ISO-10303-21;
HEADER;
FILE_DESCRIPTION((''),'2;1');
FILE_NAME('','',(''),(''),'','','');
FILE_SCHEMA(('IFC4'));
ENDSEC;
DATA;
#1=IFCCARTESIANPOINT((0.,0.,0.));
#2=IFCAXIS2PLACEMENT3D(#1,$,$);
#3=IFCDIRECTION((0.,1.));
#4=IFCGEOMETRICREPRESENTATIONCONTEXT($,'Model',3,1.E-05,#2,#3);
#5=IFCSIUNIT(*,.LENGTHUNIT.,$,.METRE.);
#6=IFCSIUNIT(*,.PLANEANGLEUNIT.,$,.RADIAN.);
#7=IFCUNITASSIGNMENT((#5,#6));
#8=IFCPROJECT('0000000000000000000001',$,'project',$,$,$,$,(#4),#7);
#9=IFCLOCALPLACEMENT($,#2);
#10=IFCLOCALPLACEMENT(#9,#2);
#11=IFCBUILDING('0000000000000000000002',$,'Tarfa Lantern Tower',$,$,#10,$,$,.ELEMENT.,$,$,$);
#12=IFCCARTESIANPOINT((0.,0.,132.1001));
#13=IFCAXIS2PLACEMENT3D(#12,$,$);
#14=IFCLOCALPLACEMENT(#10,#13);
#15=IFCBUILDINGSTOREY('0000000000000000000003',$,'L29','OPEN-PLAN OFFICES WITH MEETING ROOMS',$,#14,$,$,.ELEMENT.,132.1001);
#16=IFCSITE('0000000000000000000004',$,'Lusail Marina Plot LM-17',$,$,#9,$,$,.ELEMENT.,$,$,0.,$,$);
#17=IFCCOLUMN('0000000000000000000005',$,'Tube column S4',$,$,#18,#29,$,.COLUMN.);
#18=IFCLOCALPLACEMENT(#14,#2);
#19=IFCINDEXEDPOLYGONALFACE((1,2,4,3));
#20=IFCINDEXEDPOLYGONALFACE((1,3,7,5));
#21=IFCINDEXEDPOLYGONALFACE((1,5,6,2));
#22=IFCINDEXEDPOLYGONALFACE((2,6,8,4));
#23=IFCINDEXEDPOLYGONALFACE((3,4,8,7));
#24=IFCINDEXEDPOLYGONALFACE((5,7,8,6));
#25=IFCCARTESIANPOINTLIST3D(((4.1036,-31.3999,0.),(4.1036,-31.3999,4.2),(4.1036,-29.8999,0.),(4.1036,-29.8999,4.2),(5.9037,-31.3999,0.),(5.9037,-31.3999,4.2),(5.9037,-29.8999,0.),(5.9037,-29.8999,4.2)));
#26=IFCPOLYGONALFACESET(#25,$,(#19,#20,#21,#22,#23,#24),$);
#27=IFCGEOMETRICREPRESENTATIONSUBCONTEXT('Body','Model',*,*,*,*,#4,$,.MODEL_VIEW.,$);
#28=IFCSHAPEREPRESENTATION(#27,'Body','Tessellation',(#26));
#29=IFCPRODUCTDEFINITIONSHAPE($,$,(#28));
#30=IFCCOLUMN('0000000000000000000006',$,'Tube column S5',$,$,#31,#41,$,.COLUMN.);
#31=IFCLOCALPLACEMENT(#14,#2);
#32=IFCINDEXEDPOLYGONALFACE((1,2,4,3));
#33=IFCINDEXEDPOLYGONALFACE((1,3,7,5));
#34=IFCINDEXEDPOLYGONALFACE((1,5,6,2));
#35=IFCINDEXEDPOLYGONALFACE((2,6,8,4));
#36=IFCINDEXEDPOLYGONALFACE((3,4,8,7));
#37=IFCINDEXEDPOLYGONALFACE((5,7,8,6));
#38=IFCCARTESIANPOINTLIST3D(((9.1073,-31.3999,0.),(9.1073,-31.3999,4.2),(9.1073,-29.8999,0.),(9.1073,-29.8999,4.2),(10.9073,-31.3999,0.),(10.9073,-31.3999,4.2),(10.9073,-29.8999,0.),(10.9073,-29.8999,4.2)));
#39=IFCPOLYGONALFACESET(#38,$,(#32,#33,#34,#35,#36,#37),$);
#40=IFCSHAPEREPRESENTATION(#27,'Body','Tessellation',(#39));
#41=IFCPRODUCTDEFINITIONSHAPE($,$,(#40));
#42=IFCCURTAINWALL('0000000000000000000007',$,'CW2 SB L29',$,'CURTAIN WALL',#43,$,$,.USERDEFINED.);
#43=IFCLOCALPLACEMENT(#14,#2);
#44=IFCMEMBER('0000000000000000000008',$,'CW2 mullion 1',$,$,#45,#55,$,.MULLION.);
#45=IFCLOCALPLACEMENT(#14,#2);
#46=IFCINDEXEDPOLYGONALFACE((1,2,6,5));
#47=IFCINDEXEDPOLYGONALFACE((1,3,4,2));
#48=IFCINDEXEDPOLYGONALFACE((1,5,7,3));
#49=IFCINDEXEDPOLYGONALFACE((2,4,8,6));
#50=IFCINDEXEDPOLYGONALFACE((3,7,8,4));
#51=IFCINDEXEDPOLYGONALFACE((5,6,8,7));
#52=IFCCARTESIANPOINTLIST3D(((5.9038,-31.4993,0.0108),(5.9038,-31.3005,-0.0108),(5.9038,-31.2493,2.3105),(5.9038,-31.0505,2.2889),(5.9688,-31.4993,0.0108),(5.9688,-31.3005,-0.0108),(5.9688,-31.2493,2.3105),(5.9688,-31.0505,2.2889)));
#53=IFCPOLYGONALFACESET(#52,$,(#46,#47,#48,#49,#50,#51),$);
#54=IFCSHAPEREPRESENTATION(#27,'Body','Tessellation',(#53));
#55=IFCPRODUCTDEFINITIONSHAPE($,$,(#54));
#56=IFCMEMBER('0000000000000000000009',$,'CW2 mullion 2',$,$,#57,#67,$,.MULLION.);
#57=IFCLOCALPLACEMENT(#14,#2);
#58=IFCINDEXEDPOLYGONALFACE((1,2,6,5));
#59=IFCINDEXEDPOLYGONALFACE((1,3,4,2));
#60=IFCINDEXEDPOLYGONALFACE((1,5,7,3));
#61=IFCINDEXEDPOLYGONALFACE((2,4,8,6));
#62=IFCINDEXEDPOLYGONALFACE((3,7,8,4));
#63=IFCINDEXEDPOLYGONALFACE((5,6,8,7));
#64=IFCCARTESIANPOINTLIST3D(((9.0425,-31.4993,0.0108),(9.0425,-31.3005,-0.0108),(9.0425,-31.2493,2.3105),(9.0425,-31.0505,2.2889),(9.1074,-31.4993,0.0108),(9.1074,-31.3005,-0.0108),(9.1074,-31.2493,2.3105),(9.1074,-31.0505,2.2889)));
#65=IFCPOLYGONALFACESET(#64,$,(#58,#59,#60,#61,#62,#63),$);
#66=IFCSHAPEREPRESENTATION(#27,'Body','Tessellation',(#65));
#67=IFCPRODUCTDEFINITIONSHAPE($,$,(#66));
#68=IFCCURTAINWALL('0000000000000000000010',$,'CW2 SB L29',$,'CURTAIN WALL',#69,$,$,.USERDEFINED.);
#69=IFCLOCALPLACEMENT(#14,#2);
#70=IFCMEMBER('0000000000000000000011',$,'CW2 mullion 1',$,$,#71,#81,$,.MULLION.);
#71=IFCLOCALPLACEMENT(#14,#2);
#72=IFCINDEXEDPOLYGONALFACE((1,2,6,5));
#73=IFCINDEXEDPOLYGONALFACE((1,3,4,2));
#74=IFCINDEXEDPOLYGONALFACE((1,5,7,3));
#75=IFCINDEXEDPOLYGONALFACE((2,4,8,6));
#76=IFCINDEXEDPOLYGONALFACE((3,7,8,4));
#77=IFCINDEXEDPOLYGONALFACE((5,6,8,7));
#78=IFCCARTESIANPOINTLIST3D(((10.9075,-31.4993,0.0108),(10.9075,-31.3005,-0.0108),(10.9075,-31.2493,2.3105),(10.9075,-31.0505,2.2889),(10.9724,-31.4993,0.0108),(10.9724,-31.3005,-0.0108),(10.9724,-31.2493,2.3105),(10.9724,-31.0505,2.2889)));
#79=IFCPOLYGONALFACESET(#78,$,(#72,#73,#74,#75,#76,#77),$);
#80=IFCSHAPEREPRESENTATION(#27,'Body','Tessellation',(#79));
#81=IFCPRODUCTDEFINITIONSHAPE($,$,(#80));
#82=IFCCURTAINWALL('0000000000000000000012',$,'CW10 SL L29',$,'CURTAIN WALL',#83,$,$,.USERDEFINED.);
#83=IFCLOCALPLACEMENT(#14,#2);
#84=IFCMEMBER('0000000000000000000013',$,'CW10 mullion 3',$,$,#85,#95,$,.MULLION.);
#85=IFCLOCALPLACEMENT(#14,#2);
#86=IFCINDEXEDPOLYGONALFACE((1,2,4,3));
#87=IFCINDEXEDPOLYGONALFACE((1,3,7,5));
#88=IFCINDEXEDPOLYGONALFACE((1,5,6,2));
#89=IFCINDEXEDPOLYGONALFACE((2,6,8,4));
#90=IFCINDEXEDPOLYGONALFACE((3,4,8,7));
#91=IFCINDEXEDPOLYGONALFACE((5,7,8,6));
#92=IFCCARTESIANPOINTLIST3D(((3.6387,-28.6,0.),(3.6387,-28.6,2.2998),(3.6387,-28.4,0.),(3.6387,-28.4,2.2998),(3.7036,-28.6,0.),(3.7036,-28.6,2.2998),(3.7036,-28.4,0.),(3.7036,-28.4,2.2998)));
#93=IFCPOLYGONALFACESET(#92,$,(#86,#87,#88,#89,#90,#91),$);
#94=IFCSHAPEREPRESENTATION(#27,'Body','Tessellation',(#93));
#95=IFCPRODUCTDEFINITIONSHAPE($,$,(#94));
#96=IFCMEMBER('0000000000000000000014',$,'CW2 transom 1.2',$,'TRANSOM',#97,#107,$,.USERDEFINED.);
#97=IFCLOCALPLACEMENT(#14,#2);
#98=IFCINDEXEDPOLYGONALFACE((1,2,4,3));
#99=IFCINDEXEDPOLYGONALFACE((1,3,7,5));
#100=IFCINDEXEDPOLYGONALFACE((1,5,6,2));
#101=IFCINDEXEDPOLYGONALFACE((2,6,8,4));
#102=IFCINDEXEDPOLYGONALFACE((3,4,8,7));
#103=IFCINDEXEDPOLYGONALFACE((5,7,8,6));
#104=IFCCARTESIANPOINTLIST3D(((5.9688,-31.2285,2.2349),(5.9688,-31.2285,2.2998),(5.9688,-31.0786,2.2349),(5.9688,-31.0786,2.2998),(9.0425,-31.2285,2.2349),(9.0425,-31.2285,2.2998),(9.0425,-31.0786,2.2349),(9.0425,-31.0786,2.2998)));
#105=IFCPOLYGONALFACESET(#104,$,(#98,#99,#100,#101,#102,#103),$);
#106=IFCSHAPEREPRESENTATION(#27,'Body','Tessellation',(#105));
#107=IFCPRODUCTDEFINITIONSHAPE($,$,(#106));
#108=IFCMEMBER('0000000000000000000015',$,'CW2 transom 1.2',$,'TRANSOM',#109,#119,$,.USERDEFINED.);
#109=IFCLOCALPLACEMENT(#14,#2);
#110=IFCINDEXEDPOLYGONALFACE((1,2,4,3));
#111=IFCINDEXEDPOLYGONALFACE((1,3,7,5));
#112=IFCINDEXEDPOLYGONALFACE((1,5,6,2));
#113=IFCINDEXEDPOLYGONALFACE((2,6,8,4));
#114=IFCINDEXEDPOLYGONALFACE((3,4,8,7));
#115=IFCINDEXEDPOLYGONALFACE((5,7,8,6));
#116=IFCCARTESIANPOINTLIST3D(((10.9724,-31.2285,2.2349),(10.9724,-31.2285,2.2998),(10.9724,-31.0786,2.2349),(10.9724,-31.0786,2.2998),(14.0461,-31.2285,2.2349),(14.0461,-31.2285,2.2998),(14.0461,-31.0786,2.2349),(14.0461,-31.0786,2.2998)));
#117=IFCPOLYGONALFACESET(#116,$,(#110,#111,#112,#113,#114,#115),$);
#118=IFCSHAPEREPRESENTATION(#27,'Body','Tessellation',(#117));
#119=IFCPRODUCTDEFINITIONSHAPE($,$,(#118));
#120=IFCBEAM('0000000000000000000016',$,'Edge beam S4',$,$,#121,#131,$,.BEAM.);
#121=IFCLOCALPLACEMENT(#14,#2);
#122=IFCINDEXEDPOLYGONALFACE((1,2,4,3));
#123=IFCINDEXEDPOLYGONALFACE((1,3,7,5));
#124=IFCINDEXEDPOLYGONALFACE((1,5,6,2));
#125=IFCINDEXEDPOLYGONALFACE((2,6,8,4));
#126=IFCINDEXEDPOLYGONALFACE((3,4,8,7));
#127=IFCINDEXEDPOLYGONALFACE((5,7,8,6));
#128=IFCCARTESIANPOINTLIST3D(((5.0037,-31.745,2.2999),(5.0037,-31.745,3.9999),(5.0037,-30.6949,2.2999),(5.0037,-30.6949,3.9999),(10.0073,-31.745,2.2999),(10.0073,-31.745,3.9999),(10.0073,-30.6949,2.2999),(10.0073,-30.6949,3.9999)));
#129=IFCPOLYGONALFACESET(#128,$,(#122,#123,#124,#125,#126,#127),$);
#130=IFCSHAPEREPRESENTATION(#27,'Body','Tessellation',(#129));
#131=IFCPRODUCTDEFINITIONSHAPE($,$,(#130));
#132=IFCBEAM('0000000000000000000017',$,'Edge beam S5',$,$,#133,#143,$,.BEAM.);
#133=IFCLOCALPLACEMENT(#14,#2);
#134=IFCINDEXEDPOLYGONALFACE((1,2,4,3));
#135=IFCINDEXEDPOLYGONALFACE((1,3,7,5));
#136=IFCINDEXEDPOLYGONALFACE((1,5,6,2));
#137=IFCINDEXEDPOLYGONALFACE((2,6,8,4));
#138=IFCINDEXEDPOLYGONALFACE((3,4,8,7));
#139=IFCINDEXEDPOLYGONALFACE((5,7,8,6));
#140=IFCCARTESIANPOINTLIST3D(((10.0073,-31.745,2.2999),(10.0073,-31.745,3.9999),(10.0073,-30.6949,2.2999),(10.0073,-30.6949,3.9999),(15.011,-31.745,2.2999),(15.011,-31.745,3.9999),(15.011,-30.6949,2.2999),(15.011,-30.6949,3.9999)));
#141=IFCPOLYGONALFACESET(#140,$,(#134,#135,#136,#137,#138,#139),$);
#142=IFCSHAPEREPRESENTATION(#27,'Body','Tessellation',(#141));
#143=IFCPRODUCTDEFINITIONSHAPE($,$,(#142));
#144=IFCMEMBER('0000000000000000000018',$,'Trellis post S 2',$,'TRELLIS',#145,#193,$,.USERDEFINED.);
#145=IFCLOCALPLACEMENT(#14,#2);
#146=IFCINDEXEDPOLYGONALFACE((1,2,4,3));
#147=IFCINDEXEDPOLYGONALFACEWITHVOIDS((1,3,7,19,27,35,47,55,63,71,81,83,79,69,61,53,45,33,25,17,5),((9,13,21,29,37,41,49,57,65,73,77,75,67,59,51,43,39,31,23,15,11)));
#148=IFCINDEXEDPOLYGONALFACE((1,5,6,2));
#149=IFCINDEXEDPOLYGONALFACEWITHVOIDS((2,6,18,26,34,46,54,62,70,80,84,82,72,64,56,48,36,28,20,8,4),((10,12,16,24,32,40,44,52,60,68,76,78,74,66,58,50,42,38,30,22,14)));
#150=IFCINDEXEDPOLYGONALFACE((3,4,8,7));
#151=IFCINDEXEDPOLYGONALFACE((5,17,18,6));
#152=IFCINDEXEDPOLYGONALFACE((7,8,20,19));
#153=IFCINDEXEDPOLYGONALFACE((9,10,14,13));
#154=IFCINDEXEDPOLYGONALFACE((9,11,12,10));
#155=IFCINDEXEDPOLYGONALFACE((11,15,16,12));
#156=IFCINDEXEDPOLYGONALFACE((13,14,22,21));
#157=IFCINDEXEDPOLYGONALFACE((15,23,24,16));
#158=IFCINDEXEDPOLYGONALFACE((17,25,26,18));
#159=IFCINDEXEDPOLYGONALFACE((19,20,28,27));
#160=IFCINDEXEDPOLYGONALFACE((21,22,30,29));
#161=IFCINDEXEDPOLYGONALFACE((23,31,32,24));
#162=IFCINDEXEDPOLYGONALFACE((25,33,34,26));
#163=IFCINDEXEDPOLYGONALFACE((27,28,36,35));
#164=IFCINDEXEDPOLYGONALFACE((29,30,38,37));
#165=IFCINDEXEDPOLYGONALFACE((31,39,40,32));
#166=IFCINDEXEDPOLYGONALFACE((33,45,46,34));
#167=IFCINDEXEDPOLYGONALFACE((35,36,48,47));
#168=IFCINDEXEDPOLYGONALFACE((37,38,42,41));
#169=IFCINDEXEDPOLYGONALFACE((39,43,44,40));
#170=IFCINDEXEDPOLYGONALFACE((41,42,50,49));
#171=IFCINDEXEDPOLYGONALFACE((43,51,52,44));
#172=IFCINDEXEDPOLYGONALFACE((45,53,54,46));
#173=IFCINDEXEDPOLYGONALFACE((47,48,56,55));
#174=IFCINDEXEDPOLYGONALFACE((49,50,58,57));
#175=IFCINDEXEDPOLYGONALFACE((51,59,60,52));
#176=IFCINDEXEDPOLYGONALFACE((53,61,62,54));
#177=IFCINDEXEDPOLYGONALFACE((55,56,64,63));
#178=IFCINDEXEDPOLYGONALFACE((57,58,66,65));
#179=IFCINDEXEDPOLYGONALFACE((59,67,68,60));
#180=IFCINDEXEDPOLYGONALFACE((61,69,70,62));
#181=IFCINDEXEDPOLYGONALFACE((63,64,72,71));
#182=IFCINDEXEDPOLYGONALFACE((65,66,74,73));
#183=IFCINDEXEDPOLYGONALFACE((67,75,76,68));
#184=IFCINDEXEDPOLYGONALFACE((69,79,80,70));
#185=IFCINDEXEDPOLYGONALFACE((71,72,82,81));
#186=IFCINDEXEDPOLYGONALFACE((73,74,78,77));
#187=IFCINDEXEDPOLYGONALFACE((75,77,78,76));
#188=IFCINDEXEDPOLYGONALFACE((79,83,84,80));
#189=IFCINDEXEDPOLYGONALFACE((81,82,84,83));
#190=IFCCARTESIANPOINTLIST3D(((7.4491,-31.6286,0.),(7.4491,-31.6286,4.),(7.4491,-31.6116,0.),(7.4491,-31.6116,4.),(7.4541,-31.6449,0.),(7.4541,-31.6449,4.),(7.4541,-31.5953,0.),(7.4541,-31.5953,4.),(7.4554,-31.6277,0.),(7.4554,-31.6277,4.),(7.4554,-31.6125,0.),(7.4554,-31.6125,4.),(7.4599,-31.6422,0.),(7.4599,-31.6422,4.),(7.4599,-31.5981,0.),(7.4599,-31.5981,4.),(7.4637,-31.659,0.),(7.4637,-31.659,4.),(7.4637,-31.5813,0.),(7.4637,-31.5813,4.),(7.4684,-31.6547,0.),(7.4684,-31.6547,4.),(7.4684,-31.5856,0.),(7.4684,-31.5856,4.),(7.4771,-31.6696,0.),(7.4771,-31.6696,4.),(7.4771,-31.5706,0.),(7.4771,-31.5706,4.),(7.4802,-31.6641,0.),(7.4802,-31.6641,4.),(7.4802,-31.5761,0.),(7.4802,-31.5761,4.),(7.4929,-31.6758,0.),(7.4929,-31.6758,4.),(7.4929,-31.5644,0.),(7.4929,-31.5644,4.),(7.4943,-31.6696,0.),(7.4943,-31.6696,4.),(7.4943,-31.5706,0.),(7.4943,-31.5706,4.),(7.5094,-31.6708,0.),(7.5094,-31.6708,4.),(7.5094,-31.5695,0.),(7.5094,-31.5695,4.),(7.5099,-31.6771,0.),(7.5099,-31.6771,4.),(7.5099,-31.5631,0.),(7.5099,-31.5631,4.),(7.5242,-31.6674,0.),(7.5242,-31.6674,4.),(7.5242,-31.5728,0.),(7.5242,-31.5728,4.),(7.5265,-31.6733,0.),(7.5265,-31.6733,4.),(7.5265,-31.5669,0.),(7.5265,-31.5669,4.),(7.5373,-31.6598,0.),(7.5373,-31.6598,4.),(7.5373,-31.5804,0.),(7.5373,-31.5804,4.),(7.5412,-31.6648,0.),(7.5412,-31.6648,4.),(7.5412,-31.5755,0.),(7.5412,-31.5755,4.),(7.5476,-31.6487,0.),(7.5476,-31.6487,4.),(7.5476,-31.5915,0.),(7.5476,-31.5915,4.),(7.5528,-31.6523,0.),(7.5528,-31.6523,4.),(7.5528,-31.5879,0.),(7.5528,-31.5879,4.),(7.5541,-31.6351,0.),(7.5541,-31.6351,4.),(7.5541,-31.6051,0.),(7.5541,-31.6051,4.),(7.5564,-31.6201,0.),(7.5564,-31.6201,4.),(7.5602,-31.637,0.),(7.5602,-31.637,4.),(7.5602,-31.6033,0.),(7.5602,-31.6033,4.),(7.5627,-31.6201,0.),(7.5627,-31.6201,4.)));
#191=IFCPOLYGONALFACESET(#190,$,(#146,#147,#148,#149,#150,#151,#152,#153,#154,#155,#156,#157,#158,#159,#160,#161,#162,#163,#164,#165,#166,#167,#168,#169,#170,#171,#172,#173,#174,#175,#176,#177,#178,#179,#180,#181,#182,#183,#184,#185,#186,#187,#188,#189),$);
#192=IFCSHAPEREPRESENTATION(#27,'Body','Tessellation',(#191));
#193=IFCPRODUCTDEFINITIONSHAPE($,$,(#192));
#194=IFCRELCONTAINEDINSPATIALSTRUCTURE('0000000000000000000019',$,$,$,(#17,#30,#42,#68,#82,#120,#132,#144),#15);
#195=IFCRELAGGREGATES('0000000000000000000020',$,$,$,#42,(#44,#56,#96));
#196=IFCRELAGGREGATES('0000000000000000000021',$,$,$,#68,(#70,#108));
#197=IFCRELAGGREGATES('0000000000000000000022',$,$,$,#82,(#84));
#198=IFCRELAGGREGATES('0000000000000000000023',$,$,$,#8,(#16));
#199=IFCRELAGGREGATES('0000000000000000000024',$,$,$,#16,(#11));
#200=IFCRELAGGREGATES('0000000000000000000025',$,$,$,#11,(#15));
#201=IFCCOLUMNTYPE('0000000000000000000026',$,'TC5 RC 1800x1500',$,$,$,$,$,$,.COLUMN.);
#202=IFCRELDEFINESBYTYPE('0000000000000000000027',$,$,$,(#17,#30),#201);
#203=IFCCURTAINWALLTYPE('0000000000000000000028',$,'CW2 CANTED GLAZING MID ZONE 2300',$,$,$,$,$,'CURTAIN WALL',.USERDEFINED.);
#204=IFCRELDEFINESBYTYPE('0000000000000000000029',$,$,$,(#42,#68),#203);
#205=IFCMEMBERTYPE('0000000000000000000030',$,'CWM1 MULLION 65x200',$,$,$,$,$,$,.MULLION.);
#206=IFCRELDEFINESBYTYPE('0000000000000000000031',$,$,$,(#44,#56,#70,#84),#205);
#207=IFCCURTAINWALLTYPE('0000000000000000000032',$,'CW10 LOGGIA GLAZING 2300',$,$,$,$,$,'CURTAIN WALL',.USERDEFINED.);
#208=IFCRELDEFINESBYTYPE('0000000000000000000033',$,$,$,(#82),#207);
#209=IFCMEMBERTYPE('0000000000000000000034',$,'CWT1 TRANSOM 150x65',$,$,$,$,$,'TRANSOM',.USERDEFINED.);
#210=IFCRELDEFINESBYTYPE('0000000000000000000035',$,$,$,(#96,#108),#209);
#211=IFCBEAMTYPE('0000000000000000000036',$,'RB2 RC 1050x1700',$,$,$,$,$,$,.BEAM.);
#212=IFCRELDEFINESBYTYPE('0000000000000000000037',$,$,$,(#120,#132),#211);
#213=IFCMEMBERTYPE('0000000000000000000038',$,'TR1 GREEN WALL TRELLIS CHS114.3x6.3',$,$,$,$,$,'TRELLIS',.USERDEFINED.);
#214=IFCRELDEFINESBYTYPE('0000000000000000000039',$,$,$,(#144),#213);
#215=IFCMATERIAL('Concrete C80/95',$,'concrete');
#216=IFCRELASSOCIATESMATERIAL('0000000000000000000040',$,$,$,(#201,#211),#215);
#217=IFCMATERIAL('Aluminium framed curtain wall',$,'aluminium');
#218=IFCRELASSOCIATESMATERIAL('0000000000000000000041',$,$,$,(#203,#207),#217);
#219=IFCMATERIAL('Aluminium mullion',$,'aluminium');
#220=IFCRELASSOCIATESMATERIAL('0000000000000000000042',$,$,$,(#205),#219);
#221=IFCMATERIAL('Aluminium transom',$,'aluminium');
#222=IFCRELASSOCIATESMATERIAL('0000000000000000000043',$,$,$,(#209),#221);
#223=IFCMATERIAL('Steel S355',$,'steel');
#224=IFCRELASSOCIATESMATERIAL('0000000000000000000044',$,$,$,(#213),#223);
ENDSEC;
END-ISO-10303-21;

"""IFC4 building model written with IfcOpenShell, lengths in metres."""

from ifc_helpers import new_model, si_unit, direction, frame, origin, origin_2d, place, context, subcontext, project, spatial, rectangle, hollow_circle, extrude, material, material_profile, profile_set, type_object, element, aggregate, save


model = new_model("IFC4")

# Units and contexts
model_context = context("Model", 3, precision=1e-05, world=origin(), true_north=direction((0.0, 1.0)))
body_context = subcontext(model_context, "Body", "Model", "MODEL_VIEW")
ifc_project = project(units=[si_unit("LENGTHUNIT", "METRE"), si_unit("PLANEANGLEUNIT", "RADIAN")], contexts=[model_context])

# Site, building, storey
site_placement = place(None, origin())
site = spatial("IfcSite", under=ifc_project, at=site_placement, Name="Lusail Marina Plot LM-17", CompositionType="ELEMENT", RefElevation=0.0)
building_placement = place(site_placement, origin())
building = spatial("IfcBuilding", under=site, at=building_placement, Name="Tarfa Lantern Tower", CompositionType="ELEMENT")
storey_placement = place(building_placement, frame((0.0, 0.0, 132.1001)))
storey = spatial("IfcBuildingStorey", under=building, at=storey_placement, Name="L29", Description="OPEN-PLAN OFFICES WITH MEETING ROOMS", CompositionType="ELEMENT", Elevation=132.1001)

# Columns
ifc_material_1 = material(Name="Concrete C80/95", Category="concrete")
ifc_material_profile_1 = material_profile(ifc_material_1, rectangle(XDim=1.8, YDim=1.5, at=origin_2d()), Name="RC 1800x1500")
ifc_profile_set_1 = profile_set([ifc_material_profile_1], Name="Concrete C80/95")
column_type = type_object("IfcColumnType", Name="TC5 RC 1800x1500", PredefinedType="COLUMN", material=ifc_profile_set_1)
for number, where, z_axis, x_axis, name in (
    (1, (5.0037, -30.6499, 0.0), (0.0, 0.0, 1.0), (1.0, 0.0, 0.0), "Tube column S4"),
    (2, (10.0073, -30.6499, 0.0), (0.0, 0.0, 1.0), (1.0, 0.0, 0.0), "Tube column S5"),
):
    element("IfcColumn", number, at=place(storey_placement, frame(where, z_axis=z_axis, x_axis=x_axis)), inside=storey, type_object=column_type, Name=name, PredefinedType="COLUMN", context=body_context, shape_type="SweptSolid", body=[
        extrude(rectangle(XDim=1.8, YDim=1.5, at=origin_2d()), origin(), (0.0, 0.0, 1.0), 4.2),
    ])

# Curtain wall, members
ifc_material_2 = material(Name="Aluminium framed curtain wall", Category="aluminium")
curtain_wall_type_1 = type_object("IfcCurtainWallType", Name="CW2 CANTED GLAZING MID ZONE 2300", ElementType="CURTAIN WALL", PredefinedType="USERDEFINED", material=ifc_material_2)
curtain_wall_1_placement = place(storey_placement, origin())
curtain_wall_1 = element("IfcCurtainWall", 3, at=curtain_wall_1_placement, inside=storey, type_object=curtain_wall_type_1, Name="CW2 SB L29", ObjectType="CURTAIN WALL", PredefinedType="USERDEFINED")
ifc_material_3 = material(Name="Aluminium mullion", Category="aluminium")
ifc_material_profile_2 = material_profile(ifc_material_3, rectangle(XDim=0.0649, YDim=0.2, at=origin_2d()), Name="AL MULLION 65x200")
ifc_profile_set_2 = profile_set([ifc_material_profile_2], Name="Aluminium mullion")
member_type_1 = type_object("IfcMemberType", Name="CWM1 MULLION 65x200", PredefinedType="MULLION", material=ifc_profile_set_2)
member_1_placement = place(storey_placement, frame((5.9363, -31.3999, 0.0), z_axis=(0.0, 0.108068, 0.994143), x_axis=(-1.0, 0.0, 0.0)))
member_1 = element("IfcMember", 4, at=member_1_placement, type_object=member_type_1, Name="CW2 mullion 1", PredefinedType="MULLION", context=body_context, shape_type="SweptSolid", body=[
    extrude(rectangle(XDim=0.0649, YDim=0.2, at=origin_2d()), origin(), (0.0, 0.0, 1.0), 2.3132),
])
member_2_placement = place(storey_placement, frame((9.075, -31.3999, 0.0), z_axis=(0.0, 0.108068, 0.994143), x_axis=(-1.0, 0.0, 0.0)))
member_2 = element("IfcMember", 5, at=member_2_placement, type_object=member_type_1, Name="CW2 mullion 2", PredefinedType="MULLION", context=body_context, shape_type="SweptSolid", body=[
    extrude(rectangle(XDim=0.0649, YDim=0.2, at=origin_2d()), origin(), (0.0, 0.0, 1.0), 2.3132),
])

# Curtain walls, members
curtain_wall_2_placement = place(storey_placement, origin())
curtain_wall_2 = element("IfcCurtainWall", 6, at=curtain_wall_2_placement, inside=storey, type_object=curtain_wall_type_1, Name="CW2 SB L29", ObjectType="CURTAIN WALL", PredefinedType="USERDEFINED")
member_3_placement = place(storey_placement, frame((10.9399, -31.3999, 0.0), z_axis=(0.0, 0.108068, 0.994143), x_axis=(-1.0, 0.0, 0.0)))
member_3 = element("IfcMember", 7, at=member_3_placement, type_object=member_type_1, Name="CW2 mullion 1", PredefinedType="MULLION", context=body_context, shape_type="SweptSolid", body=[
    extrude(rectangle(XDim=0.0649, YDim=0.2, at=origin_2d()), origin(), (0.0, 0.0, 1.0), 2.3132),
])
curtain_wall_type_2 = type_object("IfcCurtainWallType", Name="CW10 LOGGIA GLAZING 2300", ElementType="CURTAIN WALL", PredefinedType="USERDEFINED", material=ifc_material_2)
curtain_wall_3_placement = place(storey_placement, origin())
curtain_wall_3 = element("IfcCurtainWall", 8, at=curtain_wall_3_placement, inside=storey, type_object=curtain_wall_type_2, Name="CW10 SL L29", ObjectType="CURTAIN WALL", PredefinedType="USERDEFINED")
member_4_placement = place(storey_placement, frame((3.6711, -28.5, 0.0), z_axis=(0.0, 0.0, 1.0), x_axis=(1.0, 0.0, 0.0)))
member_4 = element("IfcMember", 9, at=member_4_placement, type_object=member_type_1, Name="CW10 mullion 3", PredefinedType="MULLION", context=body_context, shape_type="SweptSolid", body=[
    extrude(rectangle(XDim=0.0649, YDim=0.2, at=origin_2d()), origin(), (0.0, 0.0, 1.0), 2.2998),
])

# Members
ifc_material_4 = material(Name="Aluminium transom", Category="aluminium")
ifc_material_profile_3 = material_profile(ifc_material_4, rectangle(XDim=0.1499, YDim=0.0649, at=origin_2d()), Name="AL TRANSOM 150x65")
ifc_profile_set_3 = profile_set([ifc_material_profile_3], Name="Aluminium transom")
member_type_2 = type_object("IfcMemberType", Name="CWT1 TRANSOM 150x65", ElementType="TRANSOM", PredefinedType="USERDEFINED", material=ifc_profile_set_3)
member_5_placement = place(storey_placement, frame((5.9688, -31.1536, 2.2673), z_axis=(1.0, 0.0, 0.0), x_axis=(0.0, 1.0, 0.0)))
member_5 = element("IfcMember", 10, at=member_5_placement, type_object=member_type_2, Name="CW2 transom 1.2", ObjectType="TRANSOM", PredefinedType="USERDEFINED", context=body_context, shape_type="SweptSolid", body=[
    extrude(rectangle(XDim=0.1499, YDim=0.0649, at=origin_2d()), origin(), (0.0, 0.0, 1.0), 3.0737),
])
member_6_placement = place(storey_placement, frame((10.9724, -31.1536, 2.2673), z_axis=(1.0, 0.0, 0.0), x_axis=(0.0, 1.0, 0.0)))
member_6 = element("IfcMember", 11, at=member_6_placement, type_object=member_type_2, Name="CW2 transom 1.2", ObjectType="TRANSOM", PredefinedType="USERDEFINED", context=body_context, shape_type="SweptSolid", body=[
    extrude(rectangle(XDim=0.1499, YDim=0.0649, at=origin_2d()), origin(), (0.0, 0.0, 1.0), 3.0737),
])

# Beams
ifc_material_profile_4 = material_profile(ifc_material_1, rectangle(XDim=1.05, YDim=1.7, at=origin_2d()), Name="RC 1050x1700")
ifc_profile_set_4 = profile_set([ifc_material_profile_4], Name="Concrete C80/95")
beam_type_1 = type_object("IfcBeamType", Name="RB2 RC 1050x1700", PredefinedType="BEAM", material=ifc_profile_set_4)
for number, where, z_axis, x_axis, name in (
    (12, (5.0037, -31.22, 3.1499), (1.0, 0.0, 0.0), (0.0, 1.0, 0.0), "Edge beam S4"),
    (13, (10.0073, -31.22, 3.1499), (1.0, 0.0, 0.0), (0.0, 1.0, 0.0), "Edge beam S5"),
):
    element("IfcBeam", number, at=place(storey_placement, frame(where, z_axis=z_axis, x_axis=x_axis)), inside=storey, type_object=beam_type_1, Name=name, PredefinedType="BEAM", context=body_context, shape_type="SweptSolid", body=[
        extrude(rectangle(XDim=1.05, YDim=1.7, at=origin_2d()), origin(), (0.0, 0.0, 1.0), 5.0037),
    ])

# Member
ifc_material_5 = material(Name="Steel S355", Category="steel")
ifc_material_profile_5 = material_profile(ifc_material_5, hollow_circle(Radius=0.0571, WallThickness=0.0063, at=origin_2d()), Name="CHS114.3x6.3")
ifc_profile_set_5 = profile_set([ifc_material_profile_5], Name="Steel S355")
member_type_3 = type_object("IfcMemberType", Name="TR1 GREEN WALL TRELLIS CHS114.3x6.3", ElementType="TRELLIS", PredefinedType="USERDEFINED", material=ifc_profile_set_5)
member_7_placement = place(storey_placement, frame((7.5056, -31.6201, 0.0), z_axis=(0.0, 0.0, 1.0), x_axis=(1.0, 0.0, 0.0)))
element("IfcMember", 14, at=member_7_placement, inside=storey, type_object=member_type_3, Name="Trellis post S 2", ObjectType="TRELLIS", PredefinedType="USERDEFINED", context=body_context, shape_type="SweptSolid", body=[
    extrude(hollow_circle(Radius=0.0571, WallThickness=0.0063, at=origin_2d()), origin(), (0.0, 0.0, 1.0), 4.0),
])

aggregate(curtain_wall_1, [member_1, member_2, member_5])
aggregate(curtain_wall_2, [member_3, member_6])
aggregate(curtain_wall_3, [member_4])

save(model, "model.ifc")
